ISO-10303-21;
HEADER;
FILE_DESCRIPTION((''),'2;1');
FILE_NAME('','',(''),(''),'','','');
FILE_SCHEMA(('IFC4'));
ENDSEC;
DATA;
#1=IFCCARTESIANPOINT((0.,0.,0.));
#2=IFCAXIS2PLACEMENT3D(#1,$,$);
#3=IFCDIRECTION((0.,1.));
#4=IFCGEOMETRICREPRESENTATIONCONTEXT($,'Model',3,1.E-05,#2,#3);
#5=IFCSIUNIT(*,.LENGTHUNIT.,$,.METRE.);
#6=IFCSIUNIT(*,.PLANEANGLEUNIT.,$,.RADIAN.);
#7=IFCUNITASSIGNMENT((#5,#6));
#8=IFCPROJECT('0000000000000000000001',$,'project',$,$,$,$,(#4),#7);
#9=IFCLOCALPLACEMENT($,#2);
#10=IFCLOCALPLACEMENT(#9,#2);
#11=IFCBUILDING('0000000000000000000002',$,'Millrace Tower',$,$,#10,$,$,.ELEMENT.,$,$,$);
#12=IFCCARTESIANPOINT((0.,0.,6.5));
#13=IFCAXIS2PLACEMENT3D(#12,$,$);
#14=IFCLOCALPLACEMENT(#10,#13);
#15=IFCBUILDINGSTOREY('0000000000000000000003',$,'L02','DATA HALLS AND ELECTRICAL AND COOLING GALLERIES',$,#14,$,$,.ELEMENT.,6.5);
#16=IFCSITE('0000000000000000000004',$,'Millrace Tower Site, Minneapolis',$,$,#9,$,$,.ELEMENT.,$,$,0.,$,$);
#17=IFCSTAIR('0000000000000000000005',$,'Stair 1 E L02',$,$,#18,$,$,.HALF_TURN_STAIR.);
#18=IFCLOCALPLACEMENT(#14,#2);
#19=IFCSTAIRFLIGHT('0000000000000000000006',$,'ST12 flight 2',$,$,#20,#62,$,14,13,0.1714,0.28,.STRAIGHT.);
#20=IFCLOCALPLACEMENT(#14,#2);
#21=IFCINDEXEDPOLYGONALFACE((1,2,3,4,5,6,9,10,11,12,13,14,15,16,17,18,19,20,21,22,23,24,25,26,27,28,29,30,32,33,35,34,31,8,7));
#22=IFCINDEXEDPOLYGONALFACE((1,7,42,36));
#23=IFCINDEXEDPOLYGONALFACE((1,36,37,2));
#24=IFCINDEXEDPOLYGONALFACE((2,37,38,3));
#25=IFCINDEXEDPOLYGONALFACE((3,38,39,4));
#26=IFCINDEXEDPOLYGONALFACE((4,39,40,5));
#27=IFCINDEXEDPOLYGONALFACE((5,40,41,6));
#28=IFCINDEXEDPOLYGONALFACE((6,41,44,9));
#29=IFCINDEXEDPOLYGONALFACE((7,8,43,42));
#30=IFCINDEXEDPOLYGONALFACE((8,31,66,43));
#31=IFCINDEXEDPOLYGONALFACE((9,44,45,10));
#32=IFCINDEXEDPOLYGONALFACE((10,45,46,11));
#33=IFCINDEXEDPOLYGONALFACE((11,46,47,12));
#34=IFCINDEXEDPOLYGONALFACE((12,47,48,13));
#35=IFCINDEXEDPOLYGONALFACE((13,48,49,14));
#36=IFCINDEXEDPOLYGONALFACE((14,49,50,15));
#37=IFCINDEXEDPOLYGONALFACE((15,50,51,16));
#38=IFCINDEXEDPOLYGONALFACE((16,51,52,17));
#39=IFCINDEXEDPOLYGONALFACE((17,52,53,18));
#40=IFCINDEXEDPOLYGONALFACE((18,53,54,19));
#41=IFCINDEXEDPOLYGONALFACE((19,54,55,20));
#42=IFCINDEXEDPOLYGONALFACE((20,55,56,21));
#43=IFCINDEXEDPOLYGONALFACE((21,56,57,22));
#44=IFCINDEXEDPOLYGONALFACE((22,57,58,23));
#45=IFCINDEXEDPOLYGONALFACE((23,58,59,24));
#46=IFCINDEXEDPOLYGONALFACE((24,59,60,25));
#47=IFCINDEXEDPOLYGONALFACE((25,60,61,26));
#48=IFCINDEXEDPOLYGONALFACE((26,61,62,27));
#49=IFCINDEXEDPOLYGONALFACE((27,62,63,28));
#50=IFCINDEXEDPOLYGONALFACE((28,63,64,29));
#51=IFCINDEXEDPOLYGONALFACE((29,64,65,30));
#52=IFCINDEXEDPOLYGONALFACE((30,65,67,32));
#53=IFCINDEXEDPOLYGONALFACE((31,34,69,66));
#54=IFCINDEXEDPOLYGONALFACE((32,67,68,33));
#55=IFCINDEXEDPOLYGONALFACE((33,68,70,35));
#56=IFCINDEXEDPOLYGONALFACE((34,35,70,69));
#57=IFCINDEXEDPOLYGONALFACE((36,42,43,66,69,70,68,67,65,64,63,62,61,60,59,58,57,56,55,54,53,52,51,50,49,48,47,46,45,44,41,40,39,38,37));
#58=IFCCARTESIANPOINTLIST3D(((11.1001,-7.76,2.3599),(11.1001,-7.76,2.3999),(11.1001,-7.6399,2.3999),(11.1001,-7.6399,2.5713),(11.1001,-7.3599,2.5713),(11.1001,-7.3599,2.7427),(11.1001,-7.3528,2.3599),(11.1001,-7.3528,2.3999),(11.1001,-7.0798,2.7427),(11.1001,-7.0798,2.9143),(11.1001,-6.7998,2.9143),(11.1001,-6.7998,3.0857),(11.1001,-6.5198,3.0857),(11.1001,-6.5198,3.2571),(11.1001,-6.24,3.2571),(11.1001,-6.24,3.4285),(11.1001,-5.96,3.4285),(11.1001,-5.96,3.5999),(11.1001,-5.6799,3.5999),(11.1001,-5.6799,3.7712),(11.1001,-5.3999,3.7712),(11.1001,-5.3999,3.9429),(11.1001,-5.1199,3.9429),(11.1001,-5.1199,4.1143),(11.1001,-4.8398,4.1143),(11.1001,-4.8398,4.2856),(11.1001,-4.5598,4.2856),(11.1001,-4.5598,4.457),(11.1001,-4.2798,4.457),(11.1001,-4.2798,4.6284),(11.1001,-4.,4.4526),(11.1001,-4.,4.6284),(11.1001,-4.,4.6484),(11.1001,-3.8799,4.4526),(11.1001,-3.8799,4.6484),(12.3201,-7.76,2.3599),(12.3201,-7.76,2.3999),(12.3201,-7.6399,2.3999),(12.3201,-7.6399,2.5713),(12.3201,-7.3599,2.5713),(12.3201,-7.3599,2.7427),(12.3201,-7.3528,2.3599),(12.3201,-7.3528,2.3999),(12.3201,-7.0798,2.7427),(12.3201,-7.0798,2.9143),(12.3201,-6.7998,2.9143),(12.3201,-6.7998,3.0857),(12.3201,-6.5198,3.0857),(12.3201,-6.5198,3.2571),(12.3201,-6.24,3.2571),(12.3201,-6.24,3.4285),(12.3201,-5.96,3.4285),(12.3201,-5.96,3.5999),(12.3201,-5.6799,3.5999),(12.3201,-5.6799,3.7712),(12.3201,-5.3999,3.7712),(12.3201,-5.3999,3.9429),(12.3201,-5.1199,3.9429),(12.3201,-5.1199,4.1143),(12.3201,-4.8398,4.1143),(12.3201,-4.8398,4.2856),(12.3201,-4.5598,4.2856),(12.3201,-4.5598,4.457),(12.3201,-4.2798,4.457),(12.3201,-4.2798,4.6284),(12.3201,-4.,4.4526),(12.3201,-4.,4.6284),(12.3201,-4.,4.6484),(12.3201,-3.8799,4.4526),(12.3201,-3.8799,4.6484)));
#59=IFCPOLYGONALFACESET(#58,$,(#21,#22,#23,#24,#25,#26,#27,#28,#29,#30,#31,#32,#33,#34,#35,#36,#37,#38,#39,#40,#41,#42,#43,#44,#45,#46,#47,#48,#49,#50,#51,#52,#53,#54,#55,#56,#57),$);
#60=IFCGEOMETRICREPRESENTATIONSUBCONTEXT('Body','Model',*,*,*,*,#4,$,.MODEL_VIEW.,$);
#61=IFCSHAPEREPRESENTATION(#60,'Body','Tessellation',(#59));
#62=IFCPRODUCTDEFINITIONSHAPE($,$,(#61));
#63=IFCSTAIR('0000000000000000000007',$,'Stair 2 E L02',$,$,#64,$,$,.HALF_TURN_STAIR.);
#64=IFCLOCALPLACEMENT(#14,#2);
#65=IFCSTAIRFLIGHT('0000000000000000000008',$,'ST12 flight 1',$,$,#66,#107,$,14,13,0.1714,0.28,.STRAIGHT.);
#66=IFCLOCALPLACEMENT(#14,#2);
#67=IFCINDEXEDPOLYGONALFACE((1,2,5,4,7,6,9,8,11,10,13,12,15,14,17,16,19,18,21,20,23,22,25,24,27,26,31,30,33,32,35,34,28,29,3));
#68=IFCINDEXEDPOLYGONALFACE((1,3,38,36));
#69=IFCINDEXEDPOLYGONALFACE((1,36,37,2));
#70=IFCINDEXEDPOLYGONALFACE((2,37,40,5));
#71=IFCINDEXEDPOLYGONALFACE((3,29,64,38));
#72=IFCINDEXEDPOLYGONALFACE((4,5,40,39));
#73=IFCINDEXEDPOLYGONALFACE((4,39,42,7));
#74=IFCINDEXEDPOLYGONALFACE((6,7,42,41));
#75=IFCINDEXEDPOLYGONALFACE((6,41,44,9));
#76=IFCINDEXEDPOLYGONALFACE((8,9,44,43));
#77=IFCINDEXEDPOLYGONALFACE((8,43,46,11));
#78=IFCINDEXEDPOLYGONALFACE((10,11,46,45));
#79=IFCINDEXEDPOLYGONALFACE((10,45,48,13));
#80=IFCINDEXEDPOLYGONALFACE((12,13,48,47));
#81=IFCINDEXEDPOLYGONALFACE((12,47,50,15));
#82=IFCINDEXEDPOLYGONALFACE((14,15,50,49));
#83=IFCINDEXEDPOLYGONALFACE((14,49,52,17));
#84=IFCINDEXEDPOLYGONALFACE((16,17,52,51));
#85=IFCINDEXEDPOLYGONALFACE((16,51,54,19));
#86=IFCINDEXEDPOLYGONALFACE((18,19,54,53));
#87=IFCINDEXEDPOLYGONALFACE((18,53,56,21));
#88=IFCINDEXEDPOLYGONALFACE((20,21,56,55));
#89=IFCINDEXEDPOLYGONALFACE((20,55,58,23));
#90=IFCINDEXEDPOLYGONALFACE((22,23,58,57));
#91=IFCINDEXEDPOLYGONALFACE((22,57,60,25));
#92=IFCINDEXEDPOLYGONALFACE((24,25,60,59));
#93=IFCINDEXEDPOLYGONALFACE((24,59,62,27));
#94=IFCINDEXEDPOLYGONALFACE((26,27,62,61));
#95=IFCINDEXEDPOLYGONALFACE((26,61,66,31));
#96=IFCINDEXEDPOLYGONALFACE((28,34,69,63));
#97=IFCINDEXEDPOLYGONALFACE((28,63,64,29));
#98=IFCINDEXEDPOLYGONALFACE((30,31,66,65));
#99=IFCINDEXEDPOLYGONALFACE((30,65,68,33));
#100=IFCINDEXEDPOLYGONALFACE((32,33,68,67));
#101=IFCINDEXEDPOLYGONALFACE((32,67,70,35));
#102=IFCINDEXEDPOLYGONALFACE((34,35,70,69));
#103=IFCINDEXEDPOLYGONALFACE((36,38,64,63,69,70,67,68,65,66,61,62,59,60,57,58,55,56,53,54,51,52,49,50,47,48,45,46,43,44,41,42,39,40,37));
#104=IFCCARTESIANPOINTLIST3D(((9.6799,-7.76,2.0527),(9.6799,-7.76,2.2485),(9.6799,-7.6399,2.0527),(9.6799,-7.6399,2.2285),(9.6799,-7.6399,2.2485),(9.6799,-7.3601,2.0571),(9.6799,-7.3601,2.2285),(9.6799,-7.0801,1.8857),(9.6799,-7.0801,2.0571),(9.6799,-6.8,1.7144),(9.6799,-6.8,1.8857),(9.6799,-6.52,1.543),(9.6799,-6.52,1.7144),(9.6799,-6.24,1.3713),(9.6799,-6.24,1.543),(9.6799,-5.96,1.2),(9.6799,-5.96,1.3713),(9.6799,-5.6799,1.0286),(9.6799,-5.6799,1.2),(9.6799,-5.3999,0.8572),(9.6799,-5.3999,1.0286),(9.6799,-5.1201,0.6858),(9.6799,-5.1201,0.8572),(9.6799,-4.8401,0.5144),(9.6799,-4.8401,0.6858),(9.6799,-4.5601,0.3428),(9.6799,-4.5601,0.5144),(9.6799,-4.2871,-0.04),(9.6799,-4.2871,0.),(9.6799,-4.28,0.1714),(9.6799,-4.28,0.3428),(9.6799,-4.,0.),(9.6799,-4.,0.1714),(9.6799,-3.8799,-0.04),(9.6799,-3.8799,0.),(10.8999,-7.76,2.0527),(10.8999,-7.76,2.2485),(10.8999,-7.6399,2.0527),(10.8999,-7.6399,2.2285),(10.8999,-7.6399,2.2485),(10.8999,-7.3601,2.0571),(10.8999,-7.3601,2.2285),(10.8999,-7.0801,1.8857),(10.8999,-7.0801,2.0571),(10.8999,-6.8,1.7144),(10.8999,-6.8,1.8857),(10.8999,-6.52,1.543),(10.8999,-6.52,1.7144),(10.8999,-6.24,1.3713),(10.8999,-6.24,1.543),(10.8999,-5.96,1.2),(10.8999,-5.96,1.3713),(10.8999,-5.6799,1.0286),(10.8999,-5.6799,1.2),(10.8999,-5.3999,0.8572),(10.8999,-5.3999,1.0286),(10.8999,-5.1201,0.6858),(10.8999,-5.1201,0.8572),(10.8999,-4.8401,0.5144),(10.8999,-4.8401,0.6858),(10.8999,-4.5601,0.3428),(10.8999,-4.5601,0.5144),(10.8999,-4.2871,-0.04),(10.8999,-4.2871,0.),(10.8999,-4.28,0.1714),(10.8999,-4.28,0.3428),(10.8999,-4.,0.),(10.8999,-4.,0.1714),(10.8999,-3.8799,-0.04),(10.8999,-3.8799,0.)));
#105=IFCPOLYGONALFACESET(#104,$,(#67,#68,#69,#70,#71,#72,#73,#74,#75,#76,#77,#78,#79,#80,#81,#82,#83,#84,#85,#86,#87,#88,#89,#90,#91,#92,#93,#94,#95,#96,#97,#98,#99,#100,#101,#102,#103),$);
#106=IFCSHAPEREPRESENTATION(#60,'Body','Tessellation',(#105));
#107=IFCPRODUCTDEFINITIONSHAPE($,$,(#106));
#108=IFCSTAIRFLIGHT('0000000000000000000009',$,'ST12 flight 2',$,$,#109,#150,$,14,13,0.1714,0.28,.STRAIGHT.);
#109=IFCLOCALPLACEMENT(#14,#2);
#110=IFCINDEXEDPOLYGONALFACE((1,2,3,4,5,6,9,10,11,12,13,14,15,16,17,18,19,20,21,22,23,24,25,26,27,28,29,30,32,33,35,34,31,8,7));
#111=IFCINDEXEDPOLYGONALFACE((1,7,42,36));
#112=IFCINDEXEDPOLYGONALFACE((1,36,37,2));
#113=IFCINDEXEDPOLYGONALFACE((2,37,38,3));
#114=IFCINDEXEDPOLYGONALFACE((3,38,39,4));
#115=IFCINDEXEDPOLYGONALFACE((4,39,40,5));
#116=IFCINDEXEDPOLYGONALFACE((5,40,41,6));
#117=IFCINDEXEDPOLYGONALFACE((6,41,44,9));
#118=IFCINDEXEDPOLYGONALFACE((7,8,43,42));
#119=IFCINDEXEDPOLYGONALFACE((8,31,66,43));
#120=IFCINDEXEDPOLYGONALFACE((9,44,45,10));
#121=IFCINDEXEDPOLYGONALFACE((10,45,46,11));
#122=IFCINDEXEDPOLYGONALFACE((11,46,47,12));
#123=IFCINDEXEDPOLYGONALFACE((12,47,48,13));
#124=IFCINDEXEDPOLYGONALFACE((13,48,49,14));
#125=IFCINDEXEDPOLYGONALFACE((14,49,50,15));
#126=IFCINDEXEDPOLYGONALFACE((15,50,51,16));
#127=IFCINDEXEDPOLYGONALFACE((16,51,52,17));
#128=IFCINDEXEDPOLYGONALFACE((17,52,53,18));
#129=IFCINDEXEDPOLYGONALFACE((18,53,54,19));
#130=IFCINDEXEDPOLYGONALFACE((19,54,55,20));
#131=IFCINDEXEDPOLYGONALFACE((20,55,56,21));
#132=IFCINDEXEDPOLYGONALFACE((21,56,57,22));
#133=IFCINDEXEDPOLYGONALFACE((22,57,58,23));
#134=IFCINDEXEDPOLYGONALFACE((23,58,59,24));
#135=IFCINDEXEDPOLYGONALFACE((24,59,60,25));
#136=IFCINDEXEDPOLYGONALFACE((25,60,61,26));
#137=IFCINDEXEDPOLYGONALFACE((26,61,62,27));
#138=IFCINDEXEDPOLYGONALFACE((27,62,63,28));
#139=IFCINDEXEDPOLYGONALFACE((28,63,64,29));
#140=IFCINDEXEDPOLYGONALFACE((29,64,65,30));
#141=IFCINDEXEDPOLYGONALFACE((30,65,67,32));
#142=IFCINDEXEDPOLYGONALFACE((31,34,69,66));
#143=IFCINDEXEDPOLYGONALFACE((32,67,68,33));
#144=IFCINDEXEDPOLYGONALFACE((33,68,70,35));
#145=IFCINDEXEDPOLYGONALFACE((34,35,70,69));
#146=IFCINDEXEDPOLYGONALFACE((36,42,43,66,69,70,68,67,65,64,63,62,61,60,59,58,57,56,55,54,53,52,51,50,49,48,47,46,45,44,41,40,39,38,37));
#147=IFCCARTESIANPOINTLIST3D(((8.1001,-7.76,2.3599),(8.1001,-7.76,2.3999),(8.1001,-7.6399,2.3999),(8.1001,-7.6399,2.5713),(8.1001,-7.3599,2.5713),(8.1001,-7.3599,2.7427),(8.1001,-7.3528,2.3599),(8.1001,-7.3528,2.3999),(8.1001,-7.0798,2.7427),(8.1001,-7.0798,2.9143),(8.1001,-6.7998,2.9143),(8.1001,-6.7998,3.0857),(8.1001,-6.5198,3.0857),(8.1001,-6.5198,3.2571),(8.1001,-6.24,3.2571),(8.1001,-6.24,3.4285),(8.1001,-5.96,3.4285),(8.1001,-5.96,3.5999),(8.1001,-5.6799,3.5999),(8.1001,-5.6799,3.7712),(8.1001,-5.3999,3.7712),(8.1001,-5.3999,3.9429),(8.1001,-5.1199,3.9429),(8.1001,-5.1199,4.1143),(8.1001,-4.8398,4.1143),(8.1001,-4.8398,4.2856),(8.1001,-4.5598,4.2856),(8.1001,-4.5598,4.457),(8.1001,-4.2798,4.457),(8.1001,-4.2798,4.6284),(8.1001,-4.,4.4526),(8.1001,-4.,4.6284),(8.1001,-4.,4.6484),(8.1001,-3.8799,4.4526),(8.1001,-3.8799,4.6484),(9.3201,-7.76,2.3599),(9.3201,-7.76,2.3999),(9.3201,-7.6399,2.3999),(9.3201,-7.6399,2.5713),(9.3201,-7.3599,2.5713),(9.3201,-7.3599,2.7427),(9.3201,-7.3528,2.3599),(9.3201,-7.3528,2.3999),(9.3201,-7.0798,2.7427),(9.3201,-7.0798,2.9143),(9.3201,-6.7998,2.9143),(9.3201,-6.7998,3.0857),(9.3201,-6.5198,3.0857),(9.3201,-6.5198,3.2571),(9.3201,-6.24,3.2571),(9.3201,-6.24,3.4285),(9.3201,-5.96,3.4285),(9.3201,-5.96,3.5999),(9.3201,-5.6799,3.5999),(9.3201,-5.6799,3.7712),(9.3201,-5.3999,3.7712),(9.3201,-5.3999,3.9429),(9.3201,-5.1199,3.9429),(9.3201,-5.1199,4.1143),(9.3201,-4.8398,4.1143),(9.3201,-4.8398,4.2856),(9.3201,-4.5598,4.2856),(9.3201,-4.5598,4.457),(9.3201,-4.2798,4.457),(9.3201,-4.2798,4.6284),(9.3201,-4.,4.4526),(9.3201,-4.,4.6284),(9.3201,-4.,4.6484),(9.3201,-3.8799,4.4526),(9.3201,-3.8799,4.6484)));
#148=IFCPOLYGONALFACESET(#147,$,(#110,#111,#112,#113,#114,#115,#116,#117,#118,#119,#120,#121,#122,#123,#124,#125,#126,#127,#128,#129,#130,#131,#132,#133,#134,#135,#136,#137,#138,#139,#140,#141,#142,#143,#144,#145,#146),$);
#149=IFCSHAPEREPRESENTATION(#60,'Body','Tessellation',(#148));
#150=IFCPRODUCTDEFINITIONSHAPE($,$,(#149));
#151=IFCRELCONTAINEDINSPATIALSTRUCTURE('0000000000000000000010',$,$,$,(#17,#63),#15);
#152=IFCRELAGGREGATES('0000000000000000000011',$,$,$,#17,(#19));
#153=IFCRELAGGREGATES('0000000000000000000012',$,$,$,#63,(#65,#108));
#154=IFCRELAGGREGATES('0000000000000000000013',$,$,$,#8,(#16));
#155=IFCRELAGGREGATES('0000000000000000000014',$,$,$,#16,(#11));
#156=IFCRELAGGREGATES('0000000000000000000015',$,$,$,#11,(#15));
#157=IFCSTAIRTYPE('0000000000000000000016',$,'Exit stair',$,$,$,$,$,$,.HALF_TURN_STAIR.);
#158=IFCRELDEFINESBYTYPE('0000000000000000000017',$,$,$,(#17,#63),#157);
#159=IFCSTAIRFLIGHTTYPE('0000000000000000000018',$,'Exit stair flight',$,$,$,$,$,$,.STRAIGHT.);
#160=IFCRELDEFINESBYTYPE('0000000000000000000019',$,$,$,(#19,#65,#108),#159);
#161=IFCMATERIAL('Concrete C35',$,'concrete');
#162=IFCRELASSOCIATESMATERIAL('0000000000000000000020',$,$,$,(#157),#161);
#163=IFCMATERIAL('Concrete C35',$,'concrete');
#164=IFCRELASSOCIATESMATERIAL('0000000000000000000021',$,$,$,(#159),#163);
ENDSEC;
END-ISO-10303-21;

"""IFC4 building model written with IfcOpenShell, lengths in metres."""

from ifc_helpers import new_model, si_unit, direction, frame, origin, place, context, subcontext, project, spatial, polyline, outline, extrude, material, type_object, element, aggregate, save


model = new_model("IFC4")

# Units and contexts
model_context = context("Model", 3, precision=1e-05, world=origin(), true_north=direction((0.0, 1.0)))
body_context = subcontext(model_context, "Body", "Model", "MODEL_VIEW")
ifc_project = project(units=[si_unit("LENGTHUNIT", "METRE"), si_unit("PLANEANGLEUNIT", "RADIAN")], contexts=[model_context])

# Site, building, storey
site_placement = place(None, origin())
site = spatial("IfcSite", under=ifc_project, at=site_placement, Name="Millrace Tower Site, Minneapolis", CompositionType="ELEMENT", RefElevation=0.0)
building_placement = place(site_placement, origin())
building = spatial("IfcBuilding", under=site, at=building_placement, Name="Millrace Tower", CompositionType="ELEMENT")
storey_placement = place(building_placement, frame((0.0, 0.0, 6.5)))
storey = spatial("IfcBuildingStorey", under=building, at=storey_placement, Name="L02", Description="DATA HALLS AND ELECTRICAL AND COOLING GALLERIES", CompositionType="ELEMENT", Elevation=6.5)

# Stairs, stair flights
ifc_material_1 = material(Name="Concrete C35", Category="concrete")
stair_type = type_object("IfcStairType", Name="Exit stair", PredefinedType="HALF_TURN_STAIR", material=ifc_material_1)
placement = place(storey_placement, origin())
stair_1 = element("IfcStair", 1, at=placement, inside=storey, type_object=stair_type, Name="Stair 1 E L02", PredefinedType="HALF_TURN_STAIR")
ifc_material_2 = material(Name="Concrete C35", Category="concrete")
stair_flight_type = type_object("IfcStairFlightType", Name="Exit stair flight", PredefinedType="STRAIGHT", material=ifc_material_2)
stair_flight_1_placement = place(storey_placement, frame((11.71, -7.6399, 2.3999), z_axis=(0.0, 0.0, 1.0), x_axis=(0.0, 1.0, 0.0)))
stair_flight_1 = element("IfcStairFlight", 2, at=stair_flight_1_placement, type_object=stair_flight_type, Name="ST12 flight 2", NumberOfRisers=14, NumberOfTreads=13, PredefinedType="STRAIGHT", RiserHeight=0.1714, TreadLength=0.28, context=body_context, shape_type="SweptSolid", body=[
    extrude(outline(polyline([(-0.1201, -0.04), (-0.1201, 0.0), (0.0, 0.0), (0.0, 0.1714), (0.28, 0.1714), (0.28, 0.3428), (0.5601, 0.3428), (0.5601, 0.5144), (0.8401, 0.5144), (0.8401, 0.6858), (1.1201, 0.6858), (1.1201, 0.8572), (1.3999, 0.8572), (1.3999, 1.0286), (1.6799, 1.0286), (1.6799, 1.2), (1.96, 1.2), (1.96, 1.3713), (2.24, 1.3713), (2.24, 1.543), (2.52, 1.543), (2.52, 1.7144), (2.8, 1.7144), (2.8, 1.8857), (3.0801, 1.8857), (3.0801, 2.0571), (3.3601, 2.0571), (3.3601, 2.2285), (3.6399, 2.2285), (3.6399, 2.2485), (3.76, 2.2485), (3.76, 2.0527), (3.6399, 2.0527), (0.2871, 0.0), (0.2871, -0.04), (-0.1201, -0.04)])), frame((0.0, 0.6099, 0.0), z_axis=(0.0, -1.0, 0.0), x_axis=(1.0, 0.0, 0.0)), (0.0, 0.0, 1.0), 1.22),
])
aggregate(stair_1, [stair_flight_1])
stair_2 = element("IfcStair", 3, at=placement, inside=storey, type_object=stair_type, Name="Stair 2 E L02", PredefinedType="HALF_TURN_STAIR")
stair_flight_2_placement = place(storey_placement, frame((10.29, -4.0, 0.0), z_axis=(0.0, 0.0, 1.0), x_axis=(0.0, -1.0, 0.0)))
stair_flight_2 = element("IfcStairFlight", 4, at=stair_flight_2_placement, type_object=stair_flight_type, Name="ST12 flight 1", NumberOfRisers=14, NumberOfTreads=13, PredefinedType="STRAIGHT", RiserHeight=0.1714, TreadLength=0.28, context=body_context, shape_type="SweptSolid", body=[
    extrude(outline(polyline([(-0.1201, -0.04), (-0.1201, 0.0), (0.0, 0.0), (0.0, 0.1714), (0.28, 0.1714), (0.28, 0.3428), (0.5601, 0.3428), (0.5601, 0.5144), (0.8401, 0.5144), (0.8401, 0.6858), (1.1201, 0.6858), (1.1201, 0.8572), (1.3999, 0.8572), (1.3999, 1.0286), (1.6799, 1.0286), (1.6799, 1.2), (1.96, 1.2), (1.96, 1.3713), (2.24, 1.3713), (2.24, 1.543), (2.52, 1.543), (2.52, 1.7144), (2.8, 1.7144), (2.8, 1.8857), (3.0801, 1.8857), (3.0801, 2.0571), (3.3601, 2.0571), (3.3601, 2.2285), (3.6399, 2.2285), (3.6399, 2.2485), (3.76, 2.2485), (3.76, 2.0527), (3.6399, 2.0527), (0.2871, 0.0), (0.2871, -0.04), (-0.1201, -0.04)])), frame((0.0, 0.6099, 0.0), z_axis=(0.0, -1.0, 0.0), x_axis=(1.0, 0.0, 0.0)), (0.0, 0.0, 1.0), 1.22),
])
stair_flight_3_placement = place(storey_placement, frame((8.71, -7.6399, 2.3999), z_axis=(0.0, 0.0, 1.0), x_axis=(0.0, 1.0, 0.0)))
stair_flight_3 = element("IfcStairFlight", 5, at=stair_flight_3_placement, type_object=stair_flight_type, Name="ST12 flight 2", NumberOfRisers=14, NumberOfTreads=13, PredefinedType="STRAIGHT", RiserHeight=0.1714, TreadLength=0.28, context=body_context, shape_type="SweptSolid", body=[
    extrude(outline(polyline([(-0.1201, -0.04), (-0.1201, 0.0), (0.0, 0.0), (0.0, 0.1714), (0.28, 0.1714), (0.28, 0.3428), (0.5601, 0.3428), (0.5601, 0.5144), (0.8401, 0.5144), (0.8401, 0.6858), (1.1201, 0.6858), (1.1201, 0.8572), (1.3999, 0.8572), (1.3999, 1.0286), (1.6799, 1.0286), (1.6799, 1.2), (1.96, 1.2), (1.96, 1.3713), (2.24, 1.3713), (2.24, 1.543), (2.52, 1.543), (2.52, 1.7144), (2.8, 1.7144), (2.8, 1.8857), (3.0801, 1.8857), (3.0801, 2.0571), (3.3601, 2.0571), (3.3601, 2.2285), (3.6399, 2.2285), (3.6399, 2.2485), (3.76, 2.2485), (3.76, 2.0527), (3.6399, 2.0527), (0.2871, 0.0), (0.2871, -0.04), (-0.1201, -0.04)])), frame((0.0, 0.6099, 0.0), z_axis=(0.0, -1.0, 0.0), x_axis=(1.0, 0.0, 0.0)), (0.0, 0.0, 1.0), 1.22),
])
aggregate(stair_2, [stair_flight_2, stair_flight_3])

save(model, "model.ifc")
